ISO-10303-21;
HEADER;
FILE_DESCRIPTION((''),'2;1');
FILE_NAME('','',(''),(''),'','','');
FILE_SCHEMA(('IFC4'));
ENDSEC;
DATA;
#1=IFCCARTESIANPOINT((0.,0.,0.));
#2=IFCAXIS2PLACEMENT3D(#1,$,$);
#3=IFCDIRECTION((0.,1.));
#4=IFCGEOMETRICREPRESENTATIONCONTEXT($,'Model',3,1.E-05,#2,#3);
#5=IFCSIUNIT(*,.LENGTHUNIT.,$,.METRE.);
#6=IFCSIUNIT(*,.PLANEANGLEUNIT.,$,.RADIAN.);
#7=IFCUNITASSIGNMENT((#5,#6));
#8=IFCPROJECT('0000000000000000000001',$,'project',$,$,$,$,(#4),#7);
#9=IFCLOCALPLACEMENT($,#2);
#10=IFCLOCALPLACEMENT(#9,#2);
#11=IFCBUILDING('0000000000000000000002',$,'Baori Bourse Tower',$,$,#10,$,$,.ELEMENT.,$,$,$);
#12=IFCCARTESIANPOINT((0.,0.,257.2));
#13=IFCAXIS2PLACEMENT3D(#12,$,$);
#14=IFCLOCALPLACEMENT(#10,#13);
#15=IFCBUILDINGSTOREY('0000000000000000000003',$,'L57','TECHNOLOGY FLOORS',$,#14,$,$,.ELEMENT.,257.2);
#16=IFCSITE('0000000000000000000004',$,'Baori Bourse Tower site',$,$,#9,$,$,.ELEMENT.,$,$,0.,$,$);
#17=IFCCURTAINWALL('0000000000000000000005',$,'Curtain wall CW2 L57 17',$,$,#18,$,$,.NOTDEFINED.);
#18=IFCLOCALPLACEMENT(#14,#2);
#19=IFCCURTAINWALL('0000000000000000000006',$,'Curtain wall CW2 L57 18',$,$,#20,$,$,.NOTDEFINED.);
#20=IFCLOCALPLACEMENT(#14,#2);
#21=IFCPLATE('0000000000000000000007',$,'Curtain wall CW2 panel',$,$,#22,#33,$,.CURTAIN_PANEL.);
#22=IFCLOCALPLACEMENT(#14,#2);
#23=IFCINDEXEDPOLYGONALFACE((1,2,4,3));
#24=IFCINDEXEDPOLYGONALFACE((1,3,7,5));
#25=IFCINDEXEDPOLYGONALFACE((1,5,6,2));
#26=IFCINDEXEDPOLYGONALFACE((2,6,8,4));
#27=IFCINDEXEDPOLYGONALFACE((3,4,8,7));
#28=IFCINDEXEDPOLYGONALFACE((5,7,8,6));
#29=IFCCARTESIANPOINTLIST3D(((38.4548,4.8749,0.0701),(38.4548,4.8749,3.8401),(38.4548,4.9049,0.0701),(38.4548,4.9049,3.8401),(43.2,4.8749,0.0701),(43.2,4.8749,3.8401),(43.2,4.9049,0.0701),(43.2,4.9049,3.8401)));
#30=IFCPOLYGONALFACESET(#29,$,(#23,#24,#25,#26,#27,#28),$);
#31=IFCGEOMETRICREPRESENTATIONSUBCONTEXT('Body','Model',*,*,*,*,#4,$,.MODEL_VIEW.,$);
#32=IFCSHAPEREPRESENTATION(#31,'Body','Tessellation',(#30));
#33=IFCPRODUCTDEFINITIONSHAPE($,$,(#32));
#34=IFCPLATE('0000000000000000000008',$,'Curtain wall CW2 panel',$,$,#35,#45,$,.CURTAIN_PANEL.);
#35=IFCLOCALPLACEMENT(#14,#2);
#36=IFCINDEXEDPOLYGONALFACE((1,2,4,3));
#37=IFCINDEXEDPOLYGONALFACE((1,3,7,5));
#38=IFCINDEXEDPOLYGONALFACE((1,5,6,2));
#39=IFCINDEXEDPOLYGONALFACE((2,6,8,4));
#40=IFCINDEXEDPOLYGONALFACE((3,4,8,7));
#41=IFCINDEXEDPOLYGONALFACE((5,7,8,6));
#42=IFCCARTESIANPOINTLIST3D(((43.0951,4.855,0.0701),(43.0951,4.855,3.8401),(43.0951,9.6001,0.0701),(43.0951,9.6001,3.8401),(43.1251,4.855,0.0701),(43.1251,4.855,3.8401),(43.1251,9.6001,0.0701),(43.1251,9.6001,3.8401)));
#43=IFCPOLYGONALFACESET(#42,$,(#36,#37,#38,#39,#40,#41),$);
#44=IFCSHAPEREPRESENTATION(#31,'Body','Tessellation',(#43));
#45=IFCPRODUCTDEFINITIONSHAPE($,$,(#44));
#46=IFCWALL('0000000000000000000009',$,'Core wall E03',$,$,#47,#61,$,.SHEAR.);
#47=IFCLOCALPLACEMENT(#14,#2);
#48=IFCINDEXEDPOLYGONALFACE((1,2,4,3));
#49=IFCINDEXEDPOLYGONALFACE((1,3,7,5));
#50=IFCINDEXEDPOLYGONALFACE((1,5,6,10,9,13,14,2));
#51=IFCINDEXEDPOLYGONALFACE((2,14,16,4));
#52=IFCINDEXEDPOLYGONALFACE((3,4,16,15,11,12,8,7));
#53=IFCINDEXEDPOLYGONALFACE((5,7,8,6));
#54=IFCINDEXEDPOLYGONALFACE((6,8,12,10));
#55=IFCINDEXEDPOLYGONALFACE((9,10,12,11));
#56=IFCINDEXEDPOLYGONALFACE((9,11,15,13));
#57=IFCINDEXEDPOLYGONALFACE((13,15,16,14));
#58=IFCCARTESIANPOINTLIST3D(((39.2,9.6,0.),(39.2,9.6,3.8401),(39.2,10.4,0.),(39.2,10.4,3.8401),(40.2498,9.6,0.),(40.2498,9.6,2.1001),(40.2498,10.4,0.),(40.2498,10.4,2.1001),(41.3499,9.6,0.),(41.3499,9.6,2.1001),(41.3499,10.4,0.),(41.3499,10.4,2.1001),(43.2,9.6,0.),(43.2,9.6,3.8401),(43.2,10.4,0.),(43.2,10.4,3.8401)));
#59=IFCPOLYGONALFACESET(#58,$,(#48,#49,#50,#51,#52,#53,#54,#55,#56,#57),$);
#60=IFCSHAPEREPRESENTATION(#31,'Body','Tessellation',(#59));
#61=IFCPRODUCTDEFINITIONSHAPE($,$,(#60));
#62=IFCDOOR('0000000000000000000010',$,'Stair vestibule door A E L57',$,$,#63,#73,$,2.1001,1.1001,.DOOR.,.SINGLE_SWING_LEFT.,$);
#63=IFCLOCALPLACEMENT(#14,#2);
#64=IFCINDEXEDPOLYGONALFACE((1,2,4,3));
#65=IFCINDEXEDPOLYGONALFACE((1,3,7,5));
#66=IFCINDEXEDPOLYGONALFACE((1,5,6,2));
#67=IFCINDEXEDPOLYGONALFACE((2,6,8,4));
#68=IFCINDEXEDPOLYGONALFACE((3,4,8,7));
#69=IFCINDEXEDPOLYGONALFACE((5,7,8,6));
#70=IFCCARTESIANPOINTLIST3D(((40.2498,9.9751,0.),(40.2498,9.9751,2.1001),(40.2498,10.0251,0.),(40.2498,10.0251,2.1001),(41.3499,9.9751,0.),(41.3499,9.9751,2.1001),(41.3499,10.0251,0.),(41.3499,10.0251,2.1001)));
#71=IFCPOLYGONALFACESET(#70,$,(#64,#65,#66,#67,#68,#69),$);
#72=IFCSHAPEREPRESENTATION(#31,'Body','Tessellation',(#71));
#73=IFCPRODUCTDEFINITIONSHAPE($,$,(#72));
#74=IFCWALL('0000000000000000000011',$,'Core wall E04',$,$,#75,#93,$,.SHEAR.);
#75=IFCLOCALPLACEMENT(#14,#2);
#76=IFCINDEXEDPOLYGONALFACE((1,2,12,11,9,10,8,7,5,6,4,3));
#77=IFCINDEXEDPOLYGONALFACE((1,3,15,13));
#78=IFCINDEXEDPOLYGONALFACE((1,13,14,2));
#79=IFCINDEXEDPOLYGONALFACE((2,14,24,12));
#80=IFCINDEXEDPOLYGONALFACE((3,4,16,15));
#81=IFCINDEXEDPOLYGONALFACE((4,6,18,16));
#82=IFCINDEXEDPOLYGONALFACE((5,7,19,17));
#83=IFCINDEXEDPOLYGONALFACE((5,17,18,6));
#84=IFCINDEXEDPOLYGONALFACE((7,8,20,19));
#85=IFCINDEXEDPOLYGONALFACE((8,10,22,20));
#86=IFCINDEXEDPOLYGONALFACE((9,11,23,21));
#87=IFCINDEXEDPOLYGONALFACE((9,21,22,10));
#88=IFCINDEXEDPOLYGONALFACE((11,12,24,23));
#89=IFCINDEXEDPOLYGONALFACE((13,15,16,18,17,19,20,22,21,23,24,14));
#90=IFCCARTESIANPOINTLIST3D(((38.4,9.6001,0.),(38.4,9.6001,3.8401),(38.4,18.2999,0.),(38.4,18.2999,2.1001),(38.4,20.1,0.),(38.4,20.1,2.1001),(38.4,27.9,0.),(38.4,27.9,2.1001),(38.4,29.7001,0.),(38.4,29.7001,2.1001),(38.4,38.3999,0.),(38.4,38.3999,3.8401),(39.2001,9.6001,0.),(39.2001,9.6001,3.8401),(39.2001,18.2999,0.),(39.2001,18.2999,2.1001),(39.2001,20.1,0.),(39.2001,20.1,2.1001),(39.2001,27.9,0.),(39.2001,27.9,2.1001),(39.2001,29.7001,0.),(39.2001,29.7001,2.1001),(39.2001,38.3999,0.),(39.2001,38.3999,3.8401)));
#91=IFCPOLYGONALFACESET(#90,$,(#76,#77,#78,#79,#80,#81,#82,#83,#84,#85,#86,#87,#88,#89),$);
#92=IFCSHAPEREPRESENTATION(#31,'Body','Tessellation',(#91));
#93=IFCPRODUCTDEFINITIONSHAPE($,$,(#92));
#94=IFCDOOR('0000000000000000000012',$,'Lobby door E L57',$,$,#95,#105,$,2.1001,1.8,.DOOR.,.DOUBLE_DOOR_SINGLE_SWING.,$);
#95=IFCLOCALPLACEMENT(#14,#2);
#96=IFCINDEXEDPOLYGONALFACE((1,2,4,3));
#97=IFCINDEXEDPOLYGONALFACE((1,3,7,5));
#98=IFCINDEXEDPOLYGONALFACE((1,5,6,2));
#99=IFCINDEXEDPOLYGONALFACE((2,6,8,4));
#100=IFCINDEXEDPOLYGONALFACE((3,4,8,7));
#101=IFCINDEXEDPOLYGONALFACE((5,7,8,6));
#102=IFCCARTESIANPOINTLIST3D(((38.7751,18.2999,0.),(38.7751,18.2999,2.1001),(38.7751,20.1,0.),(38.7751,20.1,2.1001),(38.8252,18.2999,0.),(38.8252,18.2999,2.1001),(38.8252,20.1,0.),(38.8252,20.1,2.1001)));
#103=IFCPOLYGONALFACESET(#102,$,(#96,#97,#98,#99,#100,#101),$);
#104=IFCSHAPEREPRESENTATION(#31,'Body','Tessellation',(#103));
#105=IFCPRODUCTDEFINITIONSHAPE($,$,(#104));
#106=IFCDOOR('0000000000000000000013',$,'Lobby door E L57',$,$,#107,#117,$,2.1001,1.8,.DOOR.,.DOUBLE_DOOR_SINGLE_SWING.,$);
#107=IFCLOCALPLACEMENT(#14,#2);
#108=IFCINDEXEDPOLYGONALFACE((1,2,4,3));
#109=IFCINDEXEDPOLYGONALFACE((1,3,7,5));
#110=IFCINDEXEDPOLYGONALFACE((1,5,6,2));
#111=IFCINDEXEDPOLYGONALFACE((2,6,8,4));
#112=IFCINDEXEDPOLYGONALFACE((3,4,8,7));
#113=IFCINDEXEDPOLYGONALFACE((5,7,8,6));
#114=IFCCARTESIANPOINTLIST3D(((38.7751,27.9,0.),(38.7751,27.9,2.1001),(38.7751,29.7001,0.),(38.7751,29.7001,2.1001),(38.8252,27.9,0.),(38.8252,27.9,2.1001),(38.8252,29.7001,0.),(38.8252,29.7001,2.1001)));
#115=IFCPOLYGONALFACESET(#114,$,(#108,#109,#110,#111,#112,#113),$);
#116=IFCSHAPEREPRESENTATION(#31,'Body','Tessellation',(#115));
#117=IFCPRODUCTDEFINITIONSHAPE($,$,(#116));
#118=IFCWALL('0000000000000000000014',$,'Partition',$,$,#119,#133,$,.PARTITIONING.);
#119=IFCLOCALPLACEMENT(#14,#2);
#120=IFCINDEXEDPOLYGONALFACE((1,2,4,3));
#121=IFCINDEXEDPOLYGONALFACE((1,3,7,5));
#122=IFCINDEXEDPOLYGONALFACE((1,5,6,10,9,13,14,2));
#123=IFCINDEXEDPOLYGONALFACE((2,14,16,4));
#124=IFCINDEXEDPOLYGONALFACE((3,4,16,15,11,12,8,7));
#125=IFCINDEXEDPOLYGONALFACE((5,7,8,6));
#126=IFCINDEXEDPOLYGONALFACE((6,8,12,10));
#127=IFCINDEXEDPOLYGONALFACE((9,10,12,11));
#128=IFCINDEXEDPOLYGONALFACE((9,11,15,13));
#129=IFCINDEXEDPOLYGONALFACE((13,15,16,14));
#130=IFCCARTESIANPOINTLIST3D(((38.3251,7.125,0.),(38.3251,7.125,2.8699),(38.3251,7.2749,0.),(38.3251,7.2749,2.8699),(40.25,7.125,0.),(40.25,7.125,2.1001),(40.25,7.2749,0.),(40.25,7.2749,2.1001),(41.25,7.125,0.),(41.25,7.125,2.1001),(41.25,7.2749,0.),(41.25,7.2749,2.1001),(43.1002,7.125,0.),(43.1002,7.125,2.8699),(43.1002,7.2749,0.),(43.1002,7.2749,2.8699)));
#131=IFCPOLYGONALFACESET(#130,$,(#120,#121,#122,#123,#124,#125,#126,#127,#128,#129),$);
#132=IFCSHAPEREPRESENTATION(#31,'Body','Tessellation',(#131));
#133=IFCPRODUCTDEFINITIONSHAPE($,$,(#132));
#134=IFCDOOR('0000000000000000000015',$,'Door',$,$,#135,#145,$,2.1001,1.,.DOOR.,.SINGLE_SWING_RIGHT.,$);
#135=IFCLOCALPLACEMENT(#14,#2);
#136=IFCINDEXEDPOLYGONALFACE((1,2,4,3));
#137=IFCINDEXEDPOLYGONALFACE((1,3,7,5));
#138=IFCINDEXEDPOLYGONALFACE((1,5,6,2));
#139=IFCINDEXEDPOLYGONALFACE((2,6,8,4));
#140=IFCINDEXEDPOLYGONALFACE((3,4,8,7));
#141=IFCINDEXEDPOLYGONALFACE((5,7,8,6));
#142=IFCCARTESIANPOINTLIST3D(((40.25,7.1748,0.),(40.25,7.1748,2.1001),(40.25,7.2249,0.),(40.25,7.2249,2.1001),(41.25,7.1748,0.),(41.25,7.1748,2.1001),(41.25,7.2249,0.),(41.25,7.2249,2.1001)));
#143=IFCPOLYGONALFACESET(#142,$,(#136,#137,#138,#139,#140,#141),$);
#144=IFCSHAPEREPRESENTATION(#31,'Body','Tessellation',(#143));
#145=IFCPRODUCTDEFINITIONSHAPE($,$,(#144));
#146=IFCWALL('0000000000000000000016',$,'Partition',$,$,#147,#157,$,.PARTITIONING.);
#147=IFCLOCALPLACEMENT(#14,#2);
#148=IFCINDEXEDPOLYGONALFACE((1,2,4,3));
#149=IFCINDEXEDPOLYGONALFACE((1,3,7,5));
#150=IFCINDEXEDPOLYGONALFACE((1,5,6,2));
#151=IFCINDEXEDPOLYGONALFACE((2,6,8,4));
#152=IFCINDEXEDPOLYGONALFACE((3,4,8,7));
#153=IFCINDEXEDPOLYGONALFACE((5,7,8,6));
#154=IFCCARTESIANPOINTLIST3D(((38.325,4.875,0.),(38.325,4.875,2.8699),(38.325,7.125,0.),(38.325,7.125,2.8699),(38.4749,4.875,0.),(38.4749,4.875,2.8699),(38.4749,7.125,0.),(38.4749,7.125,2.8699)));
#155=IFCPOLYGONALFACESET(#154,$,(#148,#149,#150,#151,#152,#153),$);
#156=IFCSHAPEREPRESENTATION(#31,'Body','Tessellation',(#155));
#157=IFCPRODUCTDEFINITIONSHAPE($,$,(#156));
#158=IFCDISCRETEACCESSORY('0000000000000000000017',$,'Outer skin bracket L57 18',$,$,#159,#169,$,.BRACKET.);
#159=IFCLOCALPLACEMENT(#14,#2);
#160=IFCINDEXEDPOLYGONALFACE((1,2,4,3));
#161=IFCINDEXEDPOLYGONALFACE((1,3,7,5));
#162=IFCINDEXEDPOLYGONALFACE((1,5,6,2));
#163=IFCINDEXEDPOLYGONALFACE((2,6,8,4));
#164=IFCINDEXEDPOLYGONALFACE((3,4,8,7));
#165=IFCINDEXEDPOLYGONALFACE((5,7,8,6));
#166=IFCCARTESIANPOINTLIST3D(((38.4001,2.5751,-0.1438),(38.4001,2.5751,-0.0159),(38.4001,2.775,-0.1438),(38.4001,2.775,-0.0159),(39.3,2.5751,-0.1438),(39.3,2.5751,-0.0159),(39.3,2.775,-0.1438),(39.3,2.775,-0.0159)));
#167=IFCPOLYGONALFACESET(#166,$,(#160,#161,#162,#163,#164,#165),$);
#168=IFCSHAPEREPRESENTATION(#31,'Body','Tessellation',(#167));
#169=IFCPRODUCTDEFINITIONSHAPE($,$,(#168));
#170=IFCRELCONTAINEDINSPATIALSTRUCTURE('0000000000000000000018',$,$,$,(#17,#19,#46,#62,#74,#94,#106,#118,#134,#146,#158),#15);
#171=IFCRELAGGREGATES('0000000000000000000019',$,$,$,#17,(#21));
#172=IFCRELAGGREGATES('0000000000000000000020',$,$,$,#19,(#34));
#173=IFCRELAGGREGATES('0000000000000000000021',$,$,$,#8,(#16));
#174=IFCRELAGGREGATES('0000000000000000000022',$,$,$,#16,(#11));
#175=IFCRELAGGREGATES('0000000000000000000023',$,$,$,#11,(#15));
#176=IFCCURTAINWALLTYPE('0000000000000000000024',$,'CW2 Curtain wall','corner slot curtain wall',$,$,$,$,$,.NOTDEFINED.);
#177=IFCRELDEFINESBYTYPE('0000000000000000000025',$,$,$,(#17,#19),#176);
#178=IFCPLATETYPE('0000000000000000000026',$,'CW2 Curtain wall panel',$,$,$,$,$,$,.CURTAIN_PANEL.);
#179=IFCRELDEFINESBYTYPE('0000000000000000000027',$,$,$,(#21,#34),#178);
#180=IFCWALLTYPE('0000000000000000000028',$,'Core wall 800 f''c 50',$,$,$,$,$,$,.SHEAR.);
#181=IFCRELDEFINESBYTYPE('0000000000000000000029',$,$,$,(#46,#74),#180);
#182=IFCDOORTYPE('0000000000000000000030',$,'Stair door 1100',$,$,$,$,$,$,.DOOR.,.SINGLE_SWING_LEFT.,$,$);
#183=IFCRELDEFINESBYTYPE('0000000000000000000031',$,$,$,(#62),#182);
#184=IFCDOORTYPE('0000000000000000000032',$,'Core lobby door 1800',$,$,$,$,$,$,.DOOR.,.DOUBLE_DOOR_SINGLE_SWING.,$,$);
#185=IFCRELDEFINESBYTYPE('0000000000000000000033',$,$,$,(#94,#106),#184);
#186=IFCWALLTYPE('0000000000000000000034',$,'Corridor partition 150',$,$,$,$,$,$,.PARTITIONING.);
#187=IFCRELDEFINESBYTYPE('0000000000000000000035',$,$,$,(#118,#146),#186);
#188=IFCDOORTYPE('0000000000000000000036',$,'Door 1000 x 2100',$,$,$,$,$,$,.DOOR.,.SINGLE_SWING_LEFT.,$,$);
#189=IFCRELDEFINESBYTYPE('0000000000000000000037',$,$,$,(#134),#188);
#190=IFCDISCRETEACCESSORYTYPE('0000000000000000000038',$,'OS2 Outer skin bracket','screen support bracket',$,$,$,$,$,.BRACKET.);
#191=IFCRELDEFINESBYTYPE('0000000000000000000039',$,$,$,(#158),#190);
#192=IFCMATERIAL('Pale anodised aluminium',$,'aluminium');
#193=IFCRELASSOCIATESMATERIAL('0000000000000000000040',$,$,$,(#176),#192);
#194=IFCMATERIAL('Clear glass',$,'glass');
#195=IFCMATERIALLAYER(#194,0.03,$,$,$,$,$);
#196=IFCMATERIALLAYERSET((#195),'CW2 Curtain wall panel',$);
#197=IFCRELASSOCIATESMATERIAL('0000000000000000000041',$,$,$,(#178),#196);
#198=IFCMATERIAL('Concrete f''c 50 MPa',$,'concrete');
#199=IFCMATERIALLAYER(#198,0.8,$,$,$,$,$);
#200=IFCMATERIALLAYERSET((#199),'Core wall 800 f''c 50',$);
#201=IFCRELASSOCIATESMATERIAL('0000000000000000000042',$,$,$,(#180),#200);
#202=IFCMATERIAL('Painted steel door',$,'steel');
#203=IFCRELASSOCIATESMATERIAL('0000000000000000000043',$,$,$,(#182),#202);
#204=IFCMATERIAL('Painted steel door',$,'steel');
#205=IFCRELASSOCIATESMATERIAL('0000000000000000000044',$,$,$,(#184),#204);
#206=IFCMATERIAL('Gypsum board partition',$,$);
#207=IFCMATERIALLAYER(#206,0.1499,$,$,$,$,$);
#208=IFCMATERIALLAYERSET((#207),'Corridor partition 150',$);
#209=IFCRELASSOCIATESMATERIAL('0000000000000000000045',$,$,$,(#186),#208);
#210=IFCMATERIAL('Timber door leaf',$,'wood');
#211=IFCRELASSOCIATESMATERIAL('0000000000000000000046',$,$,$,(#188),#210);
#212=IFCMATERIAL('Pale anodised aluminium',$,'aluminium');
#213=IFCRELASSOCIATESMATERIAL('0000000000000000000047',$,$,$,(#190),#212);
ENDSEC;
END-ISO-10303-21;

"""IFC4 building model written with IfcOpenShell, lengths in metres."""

from ifc_helpers import new_model, si_unit, direction, frame, frame_2d, origin, origin_2d, place, context, subcontext, project, spatial, rectangle, extrude, material, layer, layer_set, type_object, element, fill, aggregate, save


model = new_model("IFC4")

# Units and contexts
model_context = context("Model", 3, precision=1e-05, world=origin(), true_north=direction((0.0, 1.0)))
body_context = subcontext(model_context, "Body", "Model", "MODEL_VIEW")
ifc_project = project(units=[si_unit("LENGTHUNIT", "METRE"), si_unit("PLANEANGLEUNIT", "RADIAN")], contexts=[model_context])

# Site, building, storey
site_placement = place(None, origin())
site = spatial("IfcSite", under=ifc_project, at=site_placement, Name="Baori Bourse Tower site", CompositionType="ELEMENT", RefElevation=0.0)
building_placement = place(site_placement, origin())
building = spatial("IfcBuilding", under=site, at=building_placement, Name="Baori Bourse Tower", CompositionType="ELEMENT")
storey_placement = place(building_placement, frame((0.0, 0.0, 257.2)))
storey = spatial("IfcBuildingStorey", under=building, at=storey_placement, Name="L57", Description="TECHNOLOGY FLOORS", CompositionType="ELEMENT", Elevation=257.2)

# Curtain walls
ifc_material_1 = material(Name="Pale anodised aluminium", Category="aluminium")
curtain_wall_type = type_object("IfcCurtainWallType", Name="CW2 Curtain wall", Description="corner slot curtain wall", PredefinedType="NOTDEFINED", material=ifc_material_1)
curtain_wall_1_placement = place(storey_placement, origin())
curtain_wall_1 = element("IfcCurtainWall", 1, at=curtain_wall_1_placement, inside=storey, type_object=curtain_wall_type, Name="Curtain wall CW2 L57 17", PredefinedType="NOTDEFINED")
curtain_wall_2_placement = place(storey_placement, origin())
curtain_wall_2 = element("IfcCurtainWall", 2, at=curtain_wall_2_placement, inside=storey, type_object=curtain_wall_type, Name="Curtain wall CW2 L57 18", PredefinedType="NOTDEFINED")

# Plates
ifc_material_2 = material(Name="Clear glass", Category="glass")
ifc_layer_1 = layer(ifc_material_2, 0.03)
ifc_layer_set_1 = layer_set([ifc_layer_1], Name="CW2 Curtain wall panel")
plate_type = type_object("IfcPlateType", Name="CW2 Curtain wall panel", PredefinedType="CURTAIN_PANEL", material=ifc_layer_set_1)
plate_1_placement = place(storey_placement, frame((40.8274, 4.8899, 0.0701), z_axis=(0.0, 0.0, 1.0), x_axis=(1.0, 0.0, 0.0)))
plate_1 = element("IfcPlate", 3, at=plate_1_placement, type_object=plate_type, Name="Curtain wall CW2 panel", PredefinedType="CURTAIN_PANEL", context=body_context, shape_type="SweptSolid", body=[
    extrude(rectangle(XDim=4.7451, YDim=0.03, at=origin_2d()), origin(), (0.0, 0.0, 1.0), 3.77),
])
aggregate(curtain_wall_1, [plate_1])
plate_2_placement = place(storey_placement, frame((43.1101, 7.2275, 0.0701), z_axis=(0.0, 0.0, 1.0), x_axis=(0.0, 1.0, 0.0)))
plate_2 = element("IfcPlate", 4, at=plate_2_placement, type_object=plate_type, Name="Curtain wall CW2 panel", PredefinedType="CURTAIN_PANEL", context=body_context, shape_type="SweptSolid", body=[
    extrude(rectangle(XDim=4.7451, YDim=0.03, at=origin_2d()), origin(), (0.0, 0.0, 1.0), 3.77),
])
aggregate(curtain_wall_2, [plate_2])

# Wall, opening, door
ifc_material_3 = material(Name="Concrete f'c 50 MPa", Category="concrete")
ifc_layer_2 = layer(ifc_material_3, 0.8)
ifc_layer_set_2 = layer_set([ifc_layer_2], Name="Core wall 800 f'c 50")
wall_type_1 = type_object("IfcWallType", Name="Core wall 800 f'c 50", PredefinedType="SHEAR", material=ifc_layer_set_2)
wall_1_placement = place(storey_placement, frame((43.2, 10.0, 0.0), z_axis=(0.0, 0.0, 1.0), x_axis=(-1.0, 0.0, 0.0)))
wall_1 = element("IfcWall", 5, at=wall_1_placement, inside=storey, type_object=wall_type_1, Name="Core wall E03", PredefinedType="SHEAR", context=body_context, shape_type="SweptSolid", body=[
    extrude(rectangle(XDim=4.0, YDim=0.8, at=frame_2d((2.0, 0.0))), origin(), (0.0, 0.0, 1.0), 3.8401),
])
opening_1_placement = place(wall_1_placement, frame((1.8501, 0.0, 0.0)))
opening_1 = element("IfcOpeningElement", 6, at=opening_1_placement, cuts=wall_1, PredefinedType="OPENING", context=body_context, shape_type="SweptSolid", body=[
    extrude(rectangle(XDim=1.1001, YDim=2.1001, at=frame_2d((0.55, 1.05))), frame((0.0, 0.4099, 0.0), z_axis=(0.0, -1.0, 0.0), x_axis=(1.0, 0.0, 0.0)), (0.0, 0.0, 1.0), 0.8201),
])
ifc_material_4 = material(Name="Painted steel door", Category="steel")
door_type_1 = type_object("IfcDoorType", Name="Stair door 1100", OperationType="SINGLE_SWING_LEFT", PredefinedType="DOOR", material=ifc_material_4)
door_1_placement = place(opening_1_placement, origin())
door_1 = element("IfcDoor", 7, at=door_1_placement, inside=storey, type_object=door_type_1, Name="Stair vestibule door A E L57", OperationType="SINGLE_SWING_LEFT", OverallHeight=2.1001, OverallWidth=1.1001, PredefinedType="DOOR", context=body_context, shape_type="SweptSolid", body=[
    extrude(rectangle(XDim=1.1001, YDim=2.1001, at=frame_2d((0.55, 1.05))), frame((0.0, 0.0249, 0.0), z_axis=(0.0, -1.0, 0.0), x_axis=(1.0, 0.0, 0.0)), (0.0, 0.0, 1.0), 0.05),
])
fill(opening_1, door_1)

# Wall, openings, doors
wall_2_placement = place(storey_placement, frame((38.8, 9.6001, 0.0), z_axis=(0.0, 0.0, 1.0), x_axis=(0.0, 1.0, 0.0)))
wall_2 = element("IfcWall", 8, at=wall_2_placement, inside=storey, type_object=wall_type_1, Name="Core wall E04", PredefinedType="SHEAR", context=body_context, shape_type="SweptSolid", body=[
    extrude(rectangle(XDim=28.7998, YDim=0.8, at=frame_2d((14.3999, 0.0))), origin(), (0.0, 0.0, 1.0), 3.8401),
])
opening_2_placement = place(wall_2_placement, frame((8.7, 0.0, 0.0)))
opening_2 = element("IfcOpeningElement", 9, at=opening_2_placement, cuts=wall_2, PredefinedType="OPENING", context=body_context, shape_type="SweptSolid", body=[
    extrude(rectangle(XDim=1.8, YDim=2.1001, at=frame_2d((0.8999, 1.05))), frame((0.0, 0.4099, 0.0), z_axis=(0.0, -1.0, 0.0), x_axis=(1.0, 0.0, 0.0)), (0.0, 0.0, 1.0), 0.8201),
])
opening_3_placement = place(wall_2_placement, frame((18.3, 0.0, 0.0)))
opening_3 = element("IfcOpeningElement", 10, at=opening_3_placement, cuts=wall_2, PredefinedType="OPENING", context=body_context, shape_type="SweptSolid", body=[
    extrude(rectangle(XDim=1.8, YDim=2.1001, at=frame_2d((0.8999, 1.05))), frame((0.0, 0.4099, 0.0), z_axis=(0.0, -1.0, 0.0), x_axis=(1.0, 0.0, 0.0)), (0.0, 0.0, 1.0), 0.8201),
])
ifc_material_5 = material(Name="Painted steel door", Category="steel")
door_type_2 = type_object("IfcDoorType", Name="Core lobby door 1800", OperationType="DOUBLE_DOOR_SINGLE_SWING", PredefinedType="DOOR", material=ifc_material_5)
door_2_placement = place(opening_2_placement, origin())
door_2 = element("IfcDoor", 11, at=door_2_placement, inside=storey, type_object=door_type_2, Name="Lobby door E L57", OperationType="DOUBLE_DOOR_SINGLE_SWING", OverallHeight=2.1001, OverallWidth=1.8, PredefinedType="DOOR", context=body_context, shape_type="SweptSolid", body=[
    extrude(rectangle(XDim=1.8, YDim=2.1001, at=frame_2d((0.8999, 1.05))), frame((0.0, 0.0249, 0.0), z_axis=(0.0, -1.0, 0.0), x_axis=(1.0, 0.0, 0.0)), (0.0, 0.0, 1.0), 0.05),
])
fill(opening_2, door_2)
door_3_placement = place(opening_3_placement, origin())
door_3 = element("IfcDoor", 12, at=door_3_placement, inside=storey, type_object=door_type_2, Name="Lobby door E L57", OperationType="DOUBLE_DOOR_SINGLE_SWING", OverallHeight=2.1001, OverallWidth=1.8, PredefinedType="DOOR", context=body_context, shape_type="SweptSolid", body=[
    extrude(rectangle(XDim=1.8, YDim=2.1001, at=frame_2d((0.8999, 1.05))), frame((0.0, 0.0249, 0.0), z_axis=(0.0, -1.0, 0.0), x_axis=(1.0, 0.0, 0.0)), (0.0, 0.0, 1.0), 0.05),
])
fill(opening_3, door_3)

# Wall, opening, door
ifc_material_6 = material(Name="Gypsum board partition")
ifc_layer_3 = layer(ifc_material_6, 0.1499)
ifc_layer_set_3 = layer_set([ifc_layer_3], Name="Corridor partition 150")
wall_type_2 = type_object("IfcWallType", Name="Corridor partition 150", PredefinedType="PARTITIONING", material=ifc_layer_set_3)
wall_3_placement = place(storey_placement, frame((38.325, 7.2, 0.0), z_axis=(0.0, 0.0, 1.0), x_axis=(1.0, 0.0, 0.0)))
wall_3 = element("IfcWall", 13, at=wall_3_placement, inside=storey, type_object=wall_type_2, Name="Partition", PredefinedType="PARTITIONING", context=body_context, shape_type="SweptSolid", body=[
    extrude(rectangle(XDim=4.7751, YDim=0.1499, at=frame_2d((2.3877, 0.0))), origin(), (0.0, 0.0, 1.0), 2.8699),
])
opening_4_placement = place(wall_3_placement, frame((1.925, 0.0, 0.0)))
opening_4 = element("IfcOpeningElement", 14, at=opening_4_placement, cuts=wall_3, PredefinedType="OPENING", context=body_context, shape_type="SweptSolid", body=[
    extrude(rectangle(XDim=1.0, YDim=2.1001, at=frame_2d((0.5, 1.05))), frame((0.0, 0.085, 0.0), z_axis=(0.0, -1.0, 0.0), x_axis=(1.0, 0.0, 0.0)), (0.0, 0.0, 1.0), 0.1699),
])
ifc_material_7 = material(Name="Timber door leaf", Category="wood")
door_type_3 = type_object("IfcDoorType", Name="Door 1000 x 2100", OperationType="SINGLE_SWING_LEFT", PredefinedType="DOOR", material=ifc_material_7)
door_4_placement = place(opening_4_placement, origin())
door_4 = element("IfcDoor", 15, at=door_4_placement, inside=storey, type_object=door_type_3, Name="Door", OperationType="SINGLE_SWING_RIGHT", OverallHeight=2.1001, OverallWidth=1.0, PredefinedType="DOOR", context=body_context, shape_type="SweptSolid", body=[
    extrude(rectangle(XDim=1.0, YDim=2.1001, at=frame_2d((0.5, 1.05))), frame((0.0, 0.0249, 0.0), z_axis=(0.0, -1.0, 0.0), x_axis=(1.0, 0.0, 0.0)), (0.0, 0.0, 1.0), 0.05),
])
fill(opening_4, door_4)

# Wall
wall_4_placement = place(storey_placement, frame((38.3999, 4.875, 0.0), z_axis=(0.0, 0.0, 1.0), x_axis=(0.0, 1.0, 0.0)))
element("IfcWall", 16, at=wall_4_placement, inside=storey, type_object=wall_type_2, Name="Partition", PredefinedType="PARTITIONING", context=body_context, shape_type="SweptSolid", body=[
    extrude(rectangle(XDim=2.25, YDim=0.1499, at=frame_2d((1.125, 0.0))), origin(), (0.0, 0.0, 1.0), 2.8699),
])

# Discrete accessory
ifc_material_8 = material(Name="Pale anodised aluminium", Category="aluminium")
discrete_accessory_type = type_object("IfcDiscreteAccessoryType", Name="OS2 Outer skin bracket", Description="screen support bracket", PredefinedType="BRACKET", material=ifc_material_8)
for number, where, z_axis, x_axis, name in (
    (17, (38.8501, 2.675, -0.1438), (0.0, 0.0, 1.0), (0.0, 1.0, 0.0), "Outer skin bracket L57 18"),
):
    element("IfcDiscreteAccessory", number, at=place(storey_placement, frame(where, z_axis=z_axis, x_axis=x_axis)), inside=storey, type_object=discrete_accessory_type, Name=name, PredefinedType="BRACKET", context=body_context, shape_type="SweptSolid", body=[
        extrude(rectangle(XDim=0.2, YDim=0.8999, at=origin_2d()), origin(), (0.0, 0.0, 1.0), 0.1279),
    ])

save(model, "model.ifc")
